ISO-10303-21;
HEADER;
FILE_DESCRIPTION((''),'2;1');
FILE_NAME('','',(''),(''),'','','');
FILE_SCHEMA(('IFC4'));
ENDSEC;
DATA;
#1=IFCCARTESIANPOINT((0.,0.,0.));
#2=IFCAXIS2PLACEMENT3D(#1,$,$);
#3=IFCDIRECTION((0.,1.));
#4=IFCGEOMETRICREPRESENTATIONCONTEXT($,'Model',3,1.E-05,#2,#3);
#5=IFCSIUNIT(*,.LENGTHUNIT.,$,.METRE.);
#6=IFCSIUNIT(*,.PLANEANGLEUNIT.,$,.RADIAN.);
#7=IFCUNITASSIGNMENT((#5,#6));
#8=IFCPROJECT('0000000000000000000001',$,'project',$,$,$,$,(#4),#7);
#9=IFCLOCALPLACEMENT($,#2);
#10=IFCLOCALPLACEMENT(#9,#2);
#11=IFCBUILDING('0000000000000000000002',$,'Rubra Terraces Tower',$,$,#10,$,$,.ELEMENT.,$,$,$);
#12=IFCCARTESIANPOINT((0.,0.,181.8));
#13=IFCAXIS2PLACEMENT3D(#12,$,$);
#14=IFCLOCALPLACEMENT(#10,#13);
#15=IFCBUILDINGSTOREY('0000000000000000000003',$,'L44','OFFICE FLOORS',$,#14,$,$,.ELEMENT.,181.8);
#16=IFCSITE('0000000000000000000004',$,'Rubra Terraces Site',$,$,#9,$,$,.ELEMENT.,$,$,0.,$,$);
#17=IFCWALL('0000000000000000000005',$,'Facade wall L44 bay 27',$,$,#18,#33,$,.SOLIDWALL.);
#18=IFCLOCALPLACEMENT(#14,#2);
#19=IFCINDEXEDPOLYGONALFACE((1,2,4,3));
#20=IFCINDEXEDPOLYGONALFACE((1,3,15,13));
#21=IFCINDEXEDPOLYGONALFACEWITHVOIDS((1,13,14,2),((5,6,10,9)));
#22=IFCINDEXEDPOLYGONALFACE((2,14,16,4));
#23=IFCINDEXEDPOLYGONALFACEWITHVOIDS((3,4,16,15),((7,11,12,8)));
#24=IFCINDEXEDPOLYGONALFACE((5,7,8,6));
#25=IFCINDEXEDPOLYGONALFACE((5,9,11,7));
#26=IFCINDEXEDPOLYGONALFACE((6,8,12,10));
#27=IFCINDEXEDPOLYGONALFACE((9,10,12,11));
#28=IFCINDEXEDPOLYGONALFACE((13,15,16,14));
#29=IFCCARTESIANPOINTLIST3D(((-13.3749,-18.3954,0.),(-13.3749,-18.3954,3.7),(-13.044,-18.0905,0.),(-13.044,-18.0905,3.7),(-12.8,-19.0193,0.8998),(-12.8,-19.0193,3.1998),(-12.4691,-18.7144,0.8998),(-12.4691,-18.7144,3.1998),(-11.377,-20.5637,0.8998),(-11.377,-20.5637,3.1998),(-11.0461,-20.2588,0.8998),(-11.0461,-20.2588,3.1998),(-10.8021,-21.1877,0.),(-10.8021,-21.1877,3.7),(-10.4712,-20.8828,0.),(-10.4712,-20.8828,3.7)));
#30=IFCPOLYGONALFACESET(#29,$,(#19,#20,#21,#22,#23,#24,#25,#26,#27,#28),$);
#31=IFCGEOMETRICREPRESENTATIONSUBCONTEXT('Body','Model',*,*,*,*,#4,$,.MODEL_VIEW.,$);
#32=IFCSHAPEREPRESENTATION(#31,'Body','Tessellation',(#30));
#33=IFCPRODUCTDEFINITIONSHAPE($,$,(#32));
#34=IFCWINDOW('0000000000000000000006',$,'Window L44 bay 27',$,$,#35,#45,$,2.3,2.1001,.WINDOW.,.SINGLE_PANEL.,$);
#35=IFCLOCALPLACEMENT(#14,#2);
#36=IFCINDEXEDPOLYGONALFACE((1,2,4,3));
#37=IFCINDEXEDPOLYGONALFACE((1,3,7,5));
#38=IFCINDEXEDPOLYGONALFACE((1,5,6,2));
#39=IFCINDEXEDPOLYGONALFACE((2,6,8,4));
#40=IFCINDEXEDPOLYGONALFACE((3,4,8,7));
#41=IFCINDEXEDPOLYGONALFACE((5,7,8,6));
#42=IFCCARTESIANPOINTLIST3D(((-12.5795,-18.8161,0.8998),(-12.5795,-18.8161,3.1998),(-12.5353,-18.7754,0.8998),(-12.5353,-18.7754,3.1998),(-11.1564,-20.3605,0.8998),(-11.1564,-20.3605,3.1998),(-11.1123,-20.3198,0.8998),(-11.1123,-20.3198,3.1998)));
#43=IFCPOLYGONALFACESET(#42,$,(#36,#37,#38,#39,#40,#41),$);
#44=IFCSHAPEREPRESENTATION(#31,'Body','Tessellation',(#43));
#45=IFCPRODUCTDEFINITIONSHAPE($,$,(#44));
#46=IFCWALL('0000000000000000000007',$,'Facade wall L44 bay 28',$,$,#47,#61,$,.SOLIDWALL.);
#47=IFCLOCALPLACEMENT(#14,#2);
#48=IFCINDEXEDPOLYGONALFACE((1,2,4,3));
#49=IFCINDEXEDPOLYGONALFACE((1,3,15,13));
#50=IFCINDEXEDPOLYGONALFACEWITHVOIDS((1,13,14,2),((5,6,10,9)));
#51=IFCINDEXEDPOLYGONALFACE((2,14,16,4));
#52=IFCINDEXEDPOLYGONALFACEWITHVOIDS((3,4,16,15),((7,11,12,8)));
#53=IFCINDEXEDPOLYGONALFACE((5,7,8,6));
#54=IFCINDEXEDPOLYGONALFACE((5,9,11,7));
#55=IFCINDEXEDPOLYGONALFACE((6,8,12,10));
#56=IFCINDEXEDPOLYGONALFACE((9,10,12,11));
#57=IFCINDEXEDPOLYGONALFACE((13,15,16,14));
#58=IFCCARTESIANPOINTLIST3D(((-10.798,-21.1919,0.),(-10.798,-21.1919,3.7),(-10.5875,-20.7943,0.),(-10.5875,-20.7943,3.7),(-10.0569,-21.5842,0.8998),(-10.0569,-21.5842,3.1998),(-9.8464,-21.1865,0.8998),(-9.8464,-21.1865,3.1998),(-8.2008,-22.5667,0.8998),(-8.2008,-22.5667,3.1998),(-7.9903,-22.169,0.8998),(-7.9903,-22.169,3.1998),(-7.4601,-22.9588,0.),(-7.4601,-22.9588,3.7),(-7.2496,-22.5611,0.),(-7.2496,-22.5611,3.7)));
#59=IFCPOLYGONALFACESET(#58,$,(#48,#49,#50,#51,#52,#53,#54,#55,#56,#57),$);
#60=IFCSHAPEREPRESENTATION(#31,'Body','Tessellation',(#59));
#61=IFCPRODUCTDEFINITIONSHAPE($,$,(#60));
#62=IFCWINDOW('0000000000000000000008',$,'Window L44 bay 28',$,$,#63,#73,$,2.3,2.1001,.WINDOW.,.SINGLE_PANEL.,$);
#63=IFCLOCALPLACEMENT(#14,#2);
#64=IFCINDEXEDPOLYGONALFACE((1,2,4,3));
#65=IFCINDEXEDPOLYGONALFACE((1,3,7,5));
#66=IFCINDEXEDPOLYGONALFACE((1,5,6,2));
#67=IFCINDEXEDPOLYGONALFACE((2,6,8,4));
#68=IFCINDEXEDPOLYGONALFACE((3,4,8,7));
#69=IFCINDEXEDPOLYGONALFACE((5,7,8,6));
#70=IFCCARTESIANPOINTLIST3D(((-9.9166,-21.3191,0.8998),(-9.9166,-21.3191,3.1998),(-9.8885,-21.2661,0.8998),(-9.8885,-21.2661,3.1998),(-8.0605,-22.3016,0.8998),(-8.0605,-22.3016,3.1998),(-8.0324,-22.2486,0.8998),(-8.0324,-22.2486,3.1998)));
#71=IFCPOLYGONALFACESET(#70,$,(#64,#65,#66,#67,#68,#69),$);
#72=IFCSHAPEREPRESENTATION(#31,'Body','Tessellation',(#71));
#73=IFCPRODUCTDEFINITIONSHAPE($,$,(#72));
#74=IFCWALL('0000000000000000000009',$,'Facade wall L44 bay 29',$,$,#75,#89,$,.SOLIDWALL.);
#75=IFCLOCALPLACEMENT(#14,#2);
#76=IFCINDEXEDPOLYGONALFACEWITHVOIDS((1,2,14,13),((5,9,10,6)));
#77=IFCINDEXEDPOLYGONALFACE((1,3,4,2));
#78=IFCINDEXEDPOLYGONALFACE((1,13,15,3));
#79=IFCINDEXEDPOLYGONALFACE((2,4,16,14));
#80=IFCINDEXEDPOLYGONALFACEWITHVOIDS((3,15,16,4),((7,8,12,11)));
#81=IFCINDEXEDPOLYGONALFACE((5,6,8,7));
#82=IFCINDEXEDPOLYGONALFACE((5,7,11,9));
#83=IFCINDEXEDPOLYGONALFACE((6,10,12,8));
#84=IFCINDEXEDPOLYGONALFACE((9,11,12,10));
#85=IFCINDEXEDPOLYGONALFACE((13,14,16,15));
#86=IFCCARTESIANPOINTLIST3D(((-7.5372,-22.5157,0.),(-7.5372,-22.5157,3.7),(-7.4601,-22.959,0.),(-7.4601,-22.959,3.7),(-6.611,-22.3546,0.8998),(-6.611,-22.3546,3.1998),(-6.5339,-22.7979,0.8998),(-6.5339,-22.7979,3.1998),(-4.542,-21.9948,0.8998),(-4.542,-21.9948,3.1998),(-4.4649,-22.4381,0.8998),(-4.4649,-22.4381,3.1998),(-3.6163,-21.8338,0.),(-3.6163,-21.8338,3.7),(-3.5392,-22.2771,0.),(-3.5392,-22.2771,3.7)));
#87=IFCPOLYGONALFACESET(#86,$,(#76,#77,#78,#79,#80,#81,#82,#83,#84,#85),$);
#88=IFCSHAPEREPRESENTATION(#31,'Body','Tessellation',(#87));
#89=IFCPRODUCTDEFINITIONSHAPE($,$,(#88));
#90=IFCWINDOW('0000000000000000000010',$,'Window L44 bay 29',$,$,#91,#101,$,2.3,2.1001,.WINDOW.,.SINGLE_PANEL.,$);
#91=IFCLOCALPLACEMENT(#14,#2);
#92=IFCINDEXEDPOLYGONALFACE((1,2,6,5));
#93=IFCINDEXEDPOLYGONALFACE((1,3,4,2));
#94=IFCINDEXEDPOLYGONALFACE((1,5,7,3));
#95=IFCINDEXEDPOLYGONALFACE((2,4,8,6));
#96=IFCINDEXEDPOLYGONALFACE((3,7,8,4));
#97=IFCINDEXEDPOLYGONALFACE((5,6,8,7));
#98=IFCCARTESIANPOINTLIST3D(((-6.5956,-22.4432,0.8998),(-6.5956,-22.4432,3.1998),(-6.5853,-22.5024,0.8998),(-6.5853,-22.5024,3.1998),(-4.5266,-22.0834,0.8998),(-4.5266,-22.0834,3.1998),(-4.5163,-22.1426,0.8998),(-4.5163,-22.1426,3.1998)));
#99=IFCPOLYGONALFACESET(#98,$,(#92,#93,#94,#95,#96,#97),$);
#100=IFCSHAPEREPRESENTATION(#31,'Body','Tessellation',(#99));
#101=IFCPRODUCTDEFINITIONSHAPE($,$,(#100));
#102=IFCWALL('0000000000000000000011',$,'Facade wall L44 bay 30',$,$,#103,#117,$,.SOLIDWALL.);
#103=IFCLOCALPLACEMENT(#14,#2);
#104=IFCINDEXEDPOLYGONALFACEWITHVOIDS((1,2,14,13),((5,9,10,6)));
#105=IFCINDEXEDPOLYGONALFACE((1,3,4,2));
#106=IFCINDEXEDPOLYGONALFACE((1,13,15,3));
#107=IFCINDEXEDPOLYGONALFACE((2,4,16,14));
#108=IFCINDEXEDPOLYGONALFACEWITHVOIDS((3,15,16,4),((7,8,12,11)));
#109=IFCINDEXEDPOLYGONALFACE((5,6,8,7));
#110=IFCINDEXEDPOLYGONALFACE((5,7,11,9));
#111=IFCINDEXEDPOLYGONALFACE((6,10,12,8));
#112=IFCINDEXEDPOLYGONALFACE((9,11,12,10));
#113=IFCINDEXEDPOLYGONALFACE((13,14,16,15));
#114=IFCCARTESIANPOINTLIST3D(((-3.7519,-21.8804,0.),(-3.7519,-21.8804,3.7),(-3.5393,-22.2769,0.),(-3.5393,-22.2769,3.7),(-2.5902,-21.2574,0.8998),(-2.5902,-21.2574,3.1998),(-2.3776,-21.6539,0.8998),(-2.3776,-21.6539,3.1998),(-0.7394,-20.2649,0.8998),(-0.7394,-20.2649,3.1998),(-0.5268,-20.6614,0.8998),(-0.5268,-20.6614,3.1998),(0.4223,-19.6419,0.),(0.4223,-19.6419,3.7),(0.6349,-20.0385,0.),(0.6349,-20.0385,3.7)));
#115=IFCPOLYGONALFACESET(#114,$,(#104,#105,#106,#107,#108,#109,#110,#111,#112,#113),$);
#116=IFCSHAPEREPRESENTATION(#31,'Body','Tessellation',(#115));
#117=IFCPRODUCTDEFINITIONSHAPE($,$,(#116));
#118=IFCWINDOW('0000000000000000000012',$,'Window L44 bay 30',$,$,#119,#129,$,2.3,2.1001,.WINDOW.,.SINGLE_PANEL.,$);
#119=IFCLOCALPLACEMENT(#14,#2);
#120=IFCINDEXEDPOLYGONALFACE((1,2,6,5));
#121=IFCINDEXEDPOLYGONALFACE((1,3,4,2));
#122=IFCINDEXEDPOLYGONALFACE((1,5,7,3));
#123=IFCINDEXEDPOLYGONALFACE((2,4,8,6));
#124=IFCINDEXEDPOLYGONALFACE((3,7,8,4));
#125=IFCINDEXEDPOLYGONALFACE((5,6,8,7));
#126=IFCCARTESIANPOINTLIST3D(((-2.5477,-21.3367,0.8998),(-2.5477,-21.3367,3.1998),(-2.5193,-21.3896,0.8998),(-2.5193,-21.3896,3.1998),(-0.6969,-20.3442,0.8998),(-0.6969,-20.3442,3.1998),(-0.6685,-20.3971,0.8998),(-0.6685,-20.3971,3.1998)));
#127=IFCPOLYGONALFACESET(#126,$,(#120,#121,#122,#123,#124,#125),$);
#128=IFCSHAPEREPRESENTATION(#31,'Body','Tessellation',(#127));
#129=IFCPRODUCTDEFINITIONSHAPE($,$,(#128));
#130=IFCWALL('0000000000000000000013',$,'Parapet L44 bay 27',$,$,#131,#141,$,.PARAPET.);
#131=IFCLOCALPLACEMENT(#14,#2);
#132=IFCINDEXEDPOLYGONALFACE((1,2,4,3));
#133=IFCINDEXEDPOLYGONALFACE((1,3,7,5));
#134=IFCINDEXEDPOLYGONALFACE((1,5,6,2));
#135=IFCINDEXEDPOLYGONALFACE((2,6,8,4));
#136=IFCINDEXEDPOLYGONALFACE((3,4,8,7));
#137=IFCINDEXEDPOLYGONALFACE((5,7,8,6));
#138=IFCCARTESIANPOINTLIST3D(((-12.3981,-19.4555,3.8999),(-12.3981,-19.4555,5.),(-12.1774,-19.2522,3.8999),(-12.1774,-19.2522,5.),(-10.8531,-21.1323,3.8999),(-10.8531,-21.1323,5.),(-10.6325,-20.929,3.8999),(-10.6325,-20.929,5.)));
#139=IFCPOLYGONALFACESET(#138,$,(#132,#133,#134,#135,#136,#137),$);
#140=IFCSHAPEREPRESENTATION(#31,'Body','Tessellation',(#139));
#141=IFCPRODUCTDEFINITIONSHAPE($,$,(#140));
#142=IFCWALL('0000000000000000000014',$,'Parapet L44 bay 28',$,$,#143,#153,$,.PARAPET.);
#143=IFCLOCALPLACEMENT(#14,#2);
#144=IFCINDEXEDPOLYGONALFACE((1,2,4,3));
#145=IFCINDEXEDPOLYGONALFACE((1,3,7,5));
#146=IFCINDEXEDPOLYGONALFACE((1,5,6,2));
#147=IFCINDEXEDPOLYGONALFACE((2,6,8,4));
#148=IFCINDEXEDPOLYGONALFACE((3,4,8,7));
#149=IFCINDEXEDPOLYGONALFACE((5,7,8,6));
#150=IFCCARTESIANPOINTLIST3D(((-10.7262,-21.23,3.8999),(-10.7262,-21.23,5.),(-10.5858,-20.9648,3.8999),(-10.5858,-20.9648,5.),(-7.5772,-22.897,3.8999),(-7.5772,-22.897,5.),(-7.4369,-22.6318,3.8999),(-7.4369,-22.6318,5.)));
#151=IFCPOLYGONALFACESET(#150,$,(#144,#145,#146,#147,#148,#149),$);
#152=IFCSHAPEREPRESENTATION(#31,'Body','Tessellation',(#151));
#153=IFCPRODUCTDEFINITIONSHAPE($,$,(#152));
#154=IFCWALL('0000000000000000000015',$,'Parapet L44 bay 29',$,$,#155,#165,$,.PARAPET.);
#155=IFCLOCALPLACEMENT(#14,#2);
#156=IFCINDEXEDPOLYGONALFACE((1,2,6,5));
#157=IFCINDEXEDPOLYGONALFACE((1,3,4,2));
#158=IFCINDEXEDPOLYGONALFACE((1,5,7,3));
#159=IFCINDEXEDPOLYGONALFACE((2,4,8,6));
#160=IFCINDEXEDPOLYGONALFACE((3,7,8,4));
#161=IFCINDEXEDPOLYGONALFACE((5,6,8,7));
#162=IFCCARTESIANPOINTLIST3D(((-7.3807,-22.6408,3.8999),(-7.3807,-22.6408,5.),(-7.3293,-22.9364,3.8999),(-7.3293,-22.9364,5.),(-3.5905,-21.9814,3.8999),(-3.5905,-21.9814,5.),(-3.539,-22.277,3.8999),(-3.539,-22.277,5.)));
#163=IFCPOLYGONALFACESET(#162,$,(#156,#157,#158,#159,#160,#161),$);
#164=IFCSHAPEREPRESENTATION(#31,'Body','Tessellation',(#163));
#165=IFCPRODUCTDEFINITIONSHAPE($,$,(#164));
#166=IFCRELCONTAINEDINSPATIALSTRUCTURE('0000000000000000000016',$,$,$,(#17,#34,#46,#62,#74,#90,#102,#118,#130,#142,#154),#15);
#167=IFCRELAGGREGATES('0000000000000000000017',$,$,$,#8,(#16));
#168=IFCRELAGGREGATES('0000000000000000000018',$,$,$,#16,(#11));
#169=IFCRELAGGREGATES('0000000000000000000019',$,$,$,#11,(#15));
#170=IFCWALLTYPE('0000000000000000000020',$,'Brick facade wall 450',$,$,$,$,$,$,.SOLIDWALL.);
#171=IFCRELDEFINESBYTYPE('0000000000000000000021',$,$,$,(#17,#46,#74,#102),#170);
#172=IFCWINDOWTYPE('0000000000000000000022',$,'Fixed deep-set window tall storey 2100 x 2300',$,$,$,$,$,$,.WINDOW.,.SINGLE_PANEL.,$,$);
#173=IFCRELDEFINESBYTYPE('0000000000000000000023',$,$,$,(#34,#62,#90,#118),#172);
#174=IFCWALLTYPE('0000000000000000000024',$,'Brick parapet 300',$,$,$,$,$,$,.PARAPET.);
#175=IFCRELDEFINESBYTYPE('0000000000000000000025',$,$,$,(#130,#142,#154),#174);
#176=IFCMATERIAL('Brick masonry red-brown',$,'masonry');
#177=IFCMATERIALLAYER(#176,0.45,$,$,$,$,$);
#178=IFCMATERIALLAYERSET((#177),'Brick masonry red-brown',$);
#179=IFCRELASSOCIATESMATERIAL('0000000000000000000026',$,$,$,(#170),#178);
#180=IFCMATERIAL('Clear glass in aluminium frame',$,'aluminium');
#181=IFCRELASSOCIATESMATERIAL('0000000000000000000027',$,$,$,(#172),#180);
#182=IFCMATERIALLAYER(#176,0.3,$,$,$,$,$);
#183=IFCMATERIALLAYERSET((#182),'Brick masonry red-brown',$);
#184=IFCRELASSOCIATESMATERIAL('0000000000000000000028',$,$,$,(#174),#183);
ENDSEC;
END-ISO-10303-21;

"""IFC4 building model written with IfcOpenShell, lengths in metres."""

from ifc_helpers import new_model, si_unit, direction, frame, frame_2d, origin, place, context, subcontext, project, spatial, rectangle, extrude, material, layer, layer_set, type_object, element, fill, save


model = new_model("IFC4")

# Units and contexts
model_context = context("Model", 3, precision=1e-05, world=origin(), true_north=direction((0.0, 1.0)))
body_context = subcontext(model_context, "Body", "Model", "MODEL_VIEW")
ifc_project = project(units=[si_unit("LENGTHUNIT", "METRE"), si_unit("PLANEANGLEUNIT", "RADIAN")], contexts=[model_context])

# Site, building, storey
site_placement = place(None, origin())
site = spatial("IfcSite", under=ifc_project, at=site_placement, Name="Rubra Terraces Site", CompositionType="ELEMENT", RefElevation=0.0)
building_placement = place(site_placement, origin())
building = spatial("IfcBuilding", under=site, at=building_placement, Name="Rubra Terraces Tower", CompositionType="ELEMENT")
storey_placement = place(building_placement, frame((0.0, 0.0, 181.8)))
storey = spatial("IfcBuildingStorey", under=building, at=storey_placement, Name="L44", Description="OFFICE FLOORS", CompositionType="ELEMENT", Elevation=181.8)

# Walls, openings, windows
ifc_material_1 = material(Name="Brick masonry red-brown", Category="masonry")
ifc_layer_1 = layer(ifc_material_1, 0.45)
ifc_layer_set_1 = layer_set([ifc_layer_1], Name="Brick masonry red-brown")
wall_type_1 = type_object("IfcWallType", Name="Brick facade wall 450", PredefinedType="SOLIDWALL", material=ifc_layer_set_1)
wall_1_placement = place(storey_placement, frame((-13.2095, -18.2429, 0.0), z_axis=(0.0, 0.0, 1.0), x_axis=(0.677612, -0.735419, 0.0)))
wall_1 = element("IfcWall", 1, at=wall_1_placement, inside=storey, type_object=wall_type_1, Name="Facade wall L44 bay 27", PredefinedType="SOLIDWALL", context=body_context, shape_type="SweptSolid", body=[
    extrude(rectangle(XDim=3.7969, YDim=0.45, at=frame_2d((1.8984, 0.0))), origin(), (0.0, 0.0, 1.0), 3.7),
])
opening_1_placement = place(wall_1_placement, frame((0.8484, 0.0, 0.8999)))
opening_1 = element("IfcOpeningElement", 2, at=opening_1_placement, cuts=wall_1, PredefinedType="OPENING", context=body_context, shape_type="SweptSolid", body=[
    extrude(rectangle(XDim=2.1001, YDim=2.3, at=frame_2d((1.05, 1.1499))), frame((0.0, 0.2349, 0.0), z_axis=(0.0, -1.0, 0.0), x_axis=(1.0, 0.0, 0.0)), (0.0, 0.0, 1.0), 0.47),
])
ifc_material_2 = material(Name="Clear glass in aluminium frame", Category="aluminium")
window_type = type_object("IfcWindowType", Name="Fixed deep-set window tall storey 2100 x 2300", PartitioningType="SINGLE_PANEL", PredefinedType="WINDOW", material=ifc_material_2)
window_1_placement = place(opening_1_placement, origin())
window_1 = element("IfcWindow", 3, at=window_1_placement, inside=storey, type_object=window_type, Name="Window L44 bay 27", OverallHeight=2.3, OverallWidth=2.1001, PartitioningType="SINGLE_PANEL", PredefinedType="WINDOW", context=body_context, shape_type="SweptSolid", body=[
    extrude(rectangle(XDim=2.1001, YDim=2.3, at=frame_2d((1.05, 1.1499))), frame((0.0, 0.135, 0.0), z_axis=(0.0, -1.0, 0.0), x_axis=(1.0, 0.0, 0.0)), (0.0, 0.0, 1.0), 0.0601),
])
fill(opening_1, window_1)
wall_2_placement = place(storey_placement, frame((-10.6926, -20.9932, 0.0), z_axis=(0.0, 0.0, 1.0), x_axis=(0.883818, -0.467831, 0.0)))
wall_2 = element("IfcWall", 4, at=wall_2_placement, inside=storey, type_object=wall_type_1, Name="Facade wall L44 bay 28", PredefinedType="SOLIDWALL", context=body_context, shape_type="SweptSolid", body=[
    extrude(rectangle(XDim=3.7766, YDim=0.45, at=frame_2d((1.8882, 0.0))), origin(), (0.0, 0.0, 1.0), 3.7),
])
opening_2_placement = place(wall_2_placement, frame((0.8384, 0.0, 0.8999)))
opening_2 = element("IfcOpeningElement", 5, at=opening_2_placement, cuts=wall_2, PredefinedType="OPENING", context=body_context, shape_type="SweptSolid", body=[
    extrude(rectangle(XDim=2.1001, YDim=2.3, at=frame_2d((1.05, 1.1499))), frame((0.0, 0.2349, 0.0), z_axis=(0.0, -1.0, 0.0), x_axis=(1.0, 0.0, 0.0)), (0.0, 0.0, 1.0), 0.47),
])
window_2_placement = place(opening_2_placement, origin())
window_2 = element("IfcWindow", 6, at=window_2_placement, inside=storey, type_object=window_type, Name="Window L44 bay 28", OverallHeight=2.3, OverallWidth=2.1001, PartitioningType="SINGLE_PANEL", PredefinedType="WINDOW", context=body_context, shape_type="SweptSolid", body=[
    extrude(rectangle(XDim=2.1001, YDim=2.3, at=frame_2d((1.05, 1.1499))), frame((0.0, 0.135, 0.0), z_axis=(0.0, -1.0, 0.0), x_axis=(1.0, 0.0, 0.0)), (0.0, 0.0, 1.0), 0.0601),
])
fill(opening_2, window_2)
wall_3_placement = place(storey_placement, frame((-7.4985, -22.7373, 0.0), z_axis=(0.0, 0.0, 1.0), x_axis=(0.985212, 0.171339, 0.0)))
wall_3 = element("IfcWall", 7, at=wall_3_placement, inside=storey, type_object=wall_type_1, Name="Facade wall L44 bay 29", PredefinedType="SOLIDWALL", context=body_context, shape_type="SweptSolid", body=[
    extrude(rectangle(XDim=3.9797, YDim=0.45, at=frame_2d((1.9897, 0.0))), origin(), (0.0, 0.0, 1.0), 3.7),
])
opening_3_placement = place(wall_3_placement, frame((0.9399, 0.0, 0.8999)))
opening_3 = element("IfcOpeningElement", 8, at=opening_3_placement, cuts=wall_3, PredefinedType="OPENING", context=body_context, shape_type="SweptSolid", body=[
    extrude(rectangle(XDim=2.1001, YDim=2.3, at=frame_2d((1.05, 1.1499))), frame((0.0, 0.2349, 0.0), z_axis=(0.0, -1.0, 0.0), x_axis=(1.0, 0.0, 0.0)), (0.0, 0.0, 1.0), 0.47),
])
window_3_placement = place(opening_3_placement, origin())
window_3 = element("IfcWindow", 9, at=window_3_placement, inside=storey, type_object=window_type, Name="Window L44 bay 29", OverallHeight=2.3, OverallWidth=2.1001, PartitioningType="SINGLE_PANEL", PredefinedType="WINDOW", context=body_context, shape_type="SweptSolid", body=[
    extrude(rectangle(XDim=2.1001, YDim=2.3, at=frame_2d((1.05, 1.1499))), frame((0.0, 0.135, 0.0), z_axis=(0.0, -1.0, 0.0), x_axis=(1.0, 0.0, 0.0)), (0.0, 0.0, 1.0), 0.0601),
])
fill(opening_3, window_3)
wall_4_placement = place(storey_placement, frame((-3.6455, -22.0786, 0.0), z_axis=(0.0, 0.0, 1.0), x_axis=(0.881279, 0.472596, 0.0)))
wall_4 = element("IfcWall", 10, at=wall_4_placement, inside=storey, type_object=wall_type_1, Name="Facade wall L44 bay 30", PredefinedType="SOLIDWALL", context=body_context, shape_type="SweptSolid", body=[
    extrude(rectangle(XDim=4.7366, YDim=0.45, at=frame_2d((2.3682, 0.0))), origin(), (0.0, 0.0, 1.0), 3.7),
])
opening_4_placement = place(wall_4_placement, frame((1.3181, 0.0, 0.8999)))
opening_4 = element("IfcOpeningElement", 11, at=opening_4_placement, cuts=wall_4, PredefinedType="OPENING", context=body_context, shape_type="SweptSolid", body=[
    extrude(rectangle(XDim=2.1001, YDim=2.3, at=frame_2d((1.05, 1.1499))), frame((0.0, 0.2349, 0.0), z_axis=(0.0, -1.0, 0.0), x_axis=(1.0, 0.0, 0.0)), (0.0, 0.0, 1.0), 0.47),
])
window_4_placement = place(opening_4_placement, origin())
window_4 = element("IfcWindow", 12, at=window_4_placement, inside=storey, type_object=window_type, Name="Window L44 bay 30", OverallHeight=2.3, OverallWidth=2.1001, PartitioningType="SINGLE_PANEL", PredefinedType="WINDOW", context=body_context, shape_type="SweptSolid", body=[
    extrude(rectangle(XDim=2.1001, YDim=2.3, at=frame_2d((1.05, 1.1499))), frame((0.0, 0.135, 0.0), z_axis=(0.0, -1.0, 0.0), x_axis=(1.0, 0.0, 0.0)), (0.0, 0.0, 1.0), 0.0601),
])
fill(opening_4, window_4)

# Walls
ifc_layer_2 = layer(ifc_material_1, 0.3)
ifc_layer_set_2 = layer_set([ifc_layer_2], Name="Brick masonry red-brown")
wall_type_2 = type_object("IfcWallType", Name="Brick parapet 300", PredefinedType="PARAPET", material=ifc_layer_set_2)
wall_5_placement = place(storey_placement, frame((-12.2878, -19.3538, 3.8999), z_axis=(0.0, 0.0, 1.0), x_axis=(0.677604, -0.735427, 0.0)))
element("IfcWall", 13, at=wall_5_placement, inside=storey, type_object=wall_type_2, Name="Parapet L44 bay 27", PredefinedType="PARAPET", context=body_context, shape_type="SweptSolid", body=[
    extrude(rectangle(XDim=2.28, YDim=0.3, at=frame_2d((1.1401, 0.0))), origin(), (0.0, 0.0, 1.0), 1.1001),
])
wall_6_placement = place(storey_placement, frame((-10.656, -21.0974, 3.8999), z_axis=(0.0, 0.0, 1.0), x_axis=(0.883798, -0.467869, 0.0)))
element("IfcWall", 14, at=wall_6_placement, inside=storey, type_object=wall_type_2, Name="Parapet L44 bay 28", PredefinedType="PARAPET", context=body_context, shape_type="SweptSolid", body=[
    extrude(rectangle(XDim=3.563, YDim=0.3, at=frame_2d((1.7815, 0.0))), origin(), (0.0, 0.0, 1.0), 1.1001),
])
wall_7_placement = place(storey_placement, frame((-7.355, -22.7886, 3.8999), z_axis=(0.0, 0.0, 1.0), x_axis=(0.985201, 0.171403, 0.0)))
element("IfcWall", 15, at=wall_7_placement, inside=storey, type_object=wall_type_2, Name="Parapet L44 bay 29", PredefinedType="PARAPET", context=body_context, shape_type="SweptSolid", body=[
    extrude(rectangle(XDim=3.8472, YDim=0.3, at=frame_2d((1.9236, 0.0))), origin(), (0.0, 0.0, 1.0), 1.1001),
])

save(model, "model.ifc")
